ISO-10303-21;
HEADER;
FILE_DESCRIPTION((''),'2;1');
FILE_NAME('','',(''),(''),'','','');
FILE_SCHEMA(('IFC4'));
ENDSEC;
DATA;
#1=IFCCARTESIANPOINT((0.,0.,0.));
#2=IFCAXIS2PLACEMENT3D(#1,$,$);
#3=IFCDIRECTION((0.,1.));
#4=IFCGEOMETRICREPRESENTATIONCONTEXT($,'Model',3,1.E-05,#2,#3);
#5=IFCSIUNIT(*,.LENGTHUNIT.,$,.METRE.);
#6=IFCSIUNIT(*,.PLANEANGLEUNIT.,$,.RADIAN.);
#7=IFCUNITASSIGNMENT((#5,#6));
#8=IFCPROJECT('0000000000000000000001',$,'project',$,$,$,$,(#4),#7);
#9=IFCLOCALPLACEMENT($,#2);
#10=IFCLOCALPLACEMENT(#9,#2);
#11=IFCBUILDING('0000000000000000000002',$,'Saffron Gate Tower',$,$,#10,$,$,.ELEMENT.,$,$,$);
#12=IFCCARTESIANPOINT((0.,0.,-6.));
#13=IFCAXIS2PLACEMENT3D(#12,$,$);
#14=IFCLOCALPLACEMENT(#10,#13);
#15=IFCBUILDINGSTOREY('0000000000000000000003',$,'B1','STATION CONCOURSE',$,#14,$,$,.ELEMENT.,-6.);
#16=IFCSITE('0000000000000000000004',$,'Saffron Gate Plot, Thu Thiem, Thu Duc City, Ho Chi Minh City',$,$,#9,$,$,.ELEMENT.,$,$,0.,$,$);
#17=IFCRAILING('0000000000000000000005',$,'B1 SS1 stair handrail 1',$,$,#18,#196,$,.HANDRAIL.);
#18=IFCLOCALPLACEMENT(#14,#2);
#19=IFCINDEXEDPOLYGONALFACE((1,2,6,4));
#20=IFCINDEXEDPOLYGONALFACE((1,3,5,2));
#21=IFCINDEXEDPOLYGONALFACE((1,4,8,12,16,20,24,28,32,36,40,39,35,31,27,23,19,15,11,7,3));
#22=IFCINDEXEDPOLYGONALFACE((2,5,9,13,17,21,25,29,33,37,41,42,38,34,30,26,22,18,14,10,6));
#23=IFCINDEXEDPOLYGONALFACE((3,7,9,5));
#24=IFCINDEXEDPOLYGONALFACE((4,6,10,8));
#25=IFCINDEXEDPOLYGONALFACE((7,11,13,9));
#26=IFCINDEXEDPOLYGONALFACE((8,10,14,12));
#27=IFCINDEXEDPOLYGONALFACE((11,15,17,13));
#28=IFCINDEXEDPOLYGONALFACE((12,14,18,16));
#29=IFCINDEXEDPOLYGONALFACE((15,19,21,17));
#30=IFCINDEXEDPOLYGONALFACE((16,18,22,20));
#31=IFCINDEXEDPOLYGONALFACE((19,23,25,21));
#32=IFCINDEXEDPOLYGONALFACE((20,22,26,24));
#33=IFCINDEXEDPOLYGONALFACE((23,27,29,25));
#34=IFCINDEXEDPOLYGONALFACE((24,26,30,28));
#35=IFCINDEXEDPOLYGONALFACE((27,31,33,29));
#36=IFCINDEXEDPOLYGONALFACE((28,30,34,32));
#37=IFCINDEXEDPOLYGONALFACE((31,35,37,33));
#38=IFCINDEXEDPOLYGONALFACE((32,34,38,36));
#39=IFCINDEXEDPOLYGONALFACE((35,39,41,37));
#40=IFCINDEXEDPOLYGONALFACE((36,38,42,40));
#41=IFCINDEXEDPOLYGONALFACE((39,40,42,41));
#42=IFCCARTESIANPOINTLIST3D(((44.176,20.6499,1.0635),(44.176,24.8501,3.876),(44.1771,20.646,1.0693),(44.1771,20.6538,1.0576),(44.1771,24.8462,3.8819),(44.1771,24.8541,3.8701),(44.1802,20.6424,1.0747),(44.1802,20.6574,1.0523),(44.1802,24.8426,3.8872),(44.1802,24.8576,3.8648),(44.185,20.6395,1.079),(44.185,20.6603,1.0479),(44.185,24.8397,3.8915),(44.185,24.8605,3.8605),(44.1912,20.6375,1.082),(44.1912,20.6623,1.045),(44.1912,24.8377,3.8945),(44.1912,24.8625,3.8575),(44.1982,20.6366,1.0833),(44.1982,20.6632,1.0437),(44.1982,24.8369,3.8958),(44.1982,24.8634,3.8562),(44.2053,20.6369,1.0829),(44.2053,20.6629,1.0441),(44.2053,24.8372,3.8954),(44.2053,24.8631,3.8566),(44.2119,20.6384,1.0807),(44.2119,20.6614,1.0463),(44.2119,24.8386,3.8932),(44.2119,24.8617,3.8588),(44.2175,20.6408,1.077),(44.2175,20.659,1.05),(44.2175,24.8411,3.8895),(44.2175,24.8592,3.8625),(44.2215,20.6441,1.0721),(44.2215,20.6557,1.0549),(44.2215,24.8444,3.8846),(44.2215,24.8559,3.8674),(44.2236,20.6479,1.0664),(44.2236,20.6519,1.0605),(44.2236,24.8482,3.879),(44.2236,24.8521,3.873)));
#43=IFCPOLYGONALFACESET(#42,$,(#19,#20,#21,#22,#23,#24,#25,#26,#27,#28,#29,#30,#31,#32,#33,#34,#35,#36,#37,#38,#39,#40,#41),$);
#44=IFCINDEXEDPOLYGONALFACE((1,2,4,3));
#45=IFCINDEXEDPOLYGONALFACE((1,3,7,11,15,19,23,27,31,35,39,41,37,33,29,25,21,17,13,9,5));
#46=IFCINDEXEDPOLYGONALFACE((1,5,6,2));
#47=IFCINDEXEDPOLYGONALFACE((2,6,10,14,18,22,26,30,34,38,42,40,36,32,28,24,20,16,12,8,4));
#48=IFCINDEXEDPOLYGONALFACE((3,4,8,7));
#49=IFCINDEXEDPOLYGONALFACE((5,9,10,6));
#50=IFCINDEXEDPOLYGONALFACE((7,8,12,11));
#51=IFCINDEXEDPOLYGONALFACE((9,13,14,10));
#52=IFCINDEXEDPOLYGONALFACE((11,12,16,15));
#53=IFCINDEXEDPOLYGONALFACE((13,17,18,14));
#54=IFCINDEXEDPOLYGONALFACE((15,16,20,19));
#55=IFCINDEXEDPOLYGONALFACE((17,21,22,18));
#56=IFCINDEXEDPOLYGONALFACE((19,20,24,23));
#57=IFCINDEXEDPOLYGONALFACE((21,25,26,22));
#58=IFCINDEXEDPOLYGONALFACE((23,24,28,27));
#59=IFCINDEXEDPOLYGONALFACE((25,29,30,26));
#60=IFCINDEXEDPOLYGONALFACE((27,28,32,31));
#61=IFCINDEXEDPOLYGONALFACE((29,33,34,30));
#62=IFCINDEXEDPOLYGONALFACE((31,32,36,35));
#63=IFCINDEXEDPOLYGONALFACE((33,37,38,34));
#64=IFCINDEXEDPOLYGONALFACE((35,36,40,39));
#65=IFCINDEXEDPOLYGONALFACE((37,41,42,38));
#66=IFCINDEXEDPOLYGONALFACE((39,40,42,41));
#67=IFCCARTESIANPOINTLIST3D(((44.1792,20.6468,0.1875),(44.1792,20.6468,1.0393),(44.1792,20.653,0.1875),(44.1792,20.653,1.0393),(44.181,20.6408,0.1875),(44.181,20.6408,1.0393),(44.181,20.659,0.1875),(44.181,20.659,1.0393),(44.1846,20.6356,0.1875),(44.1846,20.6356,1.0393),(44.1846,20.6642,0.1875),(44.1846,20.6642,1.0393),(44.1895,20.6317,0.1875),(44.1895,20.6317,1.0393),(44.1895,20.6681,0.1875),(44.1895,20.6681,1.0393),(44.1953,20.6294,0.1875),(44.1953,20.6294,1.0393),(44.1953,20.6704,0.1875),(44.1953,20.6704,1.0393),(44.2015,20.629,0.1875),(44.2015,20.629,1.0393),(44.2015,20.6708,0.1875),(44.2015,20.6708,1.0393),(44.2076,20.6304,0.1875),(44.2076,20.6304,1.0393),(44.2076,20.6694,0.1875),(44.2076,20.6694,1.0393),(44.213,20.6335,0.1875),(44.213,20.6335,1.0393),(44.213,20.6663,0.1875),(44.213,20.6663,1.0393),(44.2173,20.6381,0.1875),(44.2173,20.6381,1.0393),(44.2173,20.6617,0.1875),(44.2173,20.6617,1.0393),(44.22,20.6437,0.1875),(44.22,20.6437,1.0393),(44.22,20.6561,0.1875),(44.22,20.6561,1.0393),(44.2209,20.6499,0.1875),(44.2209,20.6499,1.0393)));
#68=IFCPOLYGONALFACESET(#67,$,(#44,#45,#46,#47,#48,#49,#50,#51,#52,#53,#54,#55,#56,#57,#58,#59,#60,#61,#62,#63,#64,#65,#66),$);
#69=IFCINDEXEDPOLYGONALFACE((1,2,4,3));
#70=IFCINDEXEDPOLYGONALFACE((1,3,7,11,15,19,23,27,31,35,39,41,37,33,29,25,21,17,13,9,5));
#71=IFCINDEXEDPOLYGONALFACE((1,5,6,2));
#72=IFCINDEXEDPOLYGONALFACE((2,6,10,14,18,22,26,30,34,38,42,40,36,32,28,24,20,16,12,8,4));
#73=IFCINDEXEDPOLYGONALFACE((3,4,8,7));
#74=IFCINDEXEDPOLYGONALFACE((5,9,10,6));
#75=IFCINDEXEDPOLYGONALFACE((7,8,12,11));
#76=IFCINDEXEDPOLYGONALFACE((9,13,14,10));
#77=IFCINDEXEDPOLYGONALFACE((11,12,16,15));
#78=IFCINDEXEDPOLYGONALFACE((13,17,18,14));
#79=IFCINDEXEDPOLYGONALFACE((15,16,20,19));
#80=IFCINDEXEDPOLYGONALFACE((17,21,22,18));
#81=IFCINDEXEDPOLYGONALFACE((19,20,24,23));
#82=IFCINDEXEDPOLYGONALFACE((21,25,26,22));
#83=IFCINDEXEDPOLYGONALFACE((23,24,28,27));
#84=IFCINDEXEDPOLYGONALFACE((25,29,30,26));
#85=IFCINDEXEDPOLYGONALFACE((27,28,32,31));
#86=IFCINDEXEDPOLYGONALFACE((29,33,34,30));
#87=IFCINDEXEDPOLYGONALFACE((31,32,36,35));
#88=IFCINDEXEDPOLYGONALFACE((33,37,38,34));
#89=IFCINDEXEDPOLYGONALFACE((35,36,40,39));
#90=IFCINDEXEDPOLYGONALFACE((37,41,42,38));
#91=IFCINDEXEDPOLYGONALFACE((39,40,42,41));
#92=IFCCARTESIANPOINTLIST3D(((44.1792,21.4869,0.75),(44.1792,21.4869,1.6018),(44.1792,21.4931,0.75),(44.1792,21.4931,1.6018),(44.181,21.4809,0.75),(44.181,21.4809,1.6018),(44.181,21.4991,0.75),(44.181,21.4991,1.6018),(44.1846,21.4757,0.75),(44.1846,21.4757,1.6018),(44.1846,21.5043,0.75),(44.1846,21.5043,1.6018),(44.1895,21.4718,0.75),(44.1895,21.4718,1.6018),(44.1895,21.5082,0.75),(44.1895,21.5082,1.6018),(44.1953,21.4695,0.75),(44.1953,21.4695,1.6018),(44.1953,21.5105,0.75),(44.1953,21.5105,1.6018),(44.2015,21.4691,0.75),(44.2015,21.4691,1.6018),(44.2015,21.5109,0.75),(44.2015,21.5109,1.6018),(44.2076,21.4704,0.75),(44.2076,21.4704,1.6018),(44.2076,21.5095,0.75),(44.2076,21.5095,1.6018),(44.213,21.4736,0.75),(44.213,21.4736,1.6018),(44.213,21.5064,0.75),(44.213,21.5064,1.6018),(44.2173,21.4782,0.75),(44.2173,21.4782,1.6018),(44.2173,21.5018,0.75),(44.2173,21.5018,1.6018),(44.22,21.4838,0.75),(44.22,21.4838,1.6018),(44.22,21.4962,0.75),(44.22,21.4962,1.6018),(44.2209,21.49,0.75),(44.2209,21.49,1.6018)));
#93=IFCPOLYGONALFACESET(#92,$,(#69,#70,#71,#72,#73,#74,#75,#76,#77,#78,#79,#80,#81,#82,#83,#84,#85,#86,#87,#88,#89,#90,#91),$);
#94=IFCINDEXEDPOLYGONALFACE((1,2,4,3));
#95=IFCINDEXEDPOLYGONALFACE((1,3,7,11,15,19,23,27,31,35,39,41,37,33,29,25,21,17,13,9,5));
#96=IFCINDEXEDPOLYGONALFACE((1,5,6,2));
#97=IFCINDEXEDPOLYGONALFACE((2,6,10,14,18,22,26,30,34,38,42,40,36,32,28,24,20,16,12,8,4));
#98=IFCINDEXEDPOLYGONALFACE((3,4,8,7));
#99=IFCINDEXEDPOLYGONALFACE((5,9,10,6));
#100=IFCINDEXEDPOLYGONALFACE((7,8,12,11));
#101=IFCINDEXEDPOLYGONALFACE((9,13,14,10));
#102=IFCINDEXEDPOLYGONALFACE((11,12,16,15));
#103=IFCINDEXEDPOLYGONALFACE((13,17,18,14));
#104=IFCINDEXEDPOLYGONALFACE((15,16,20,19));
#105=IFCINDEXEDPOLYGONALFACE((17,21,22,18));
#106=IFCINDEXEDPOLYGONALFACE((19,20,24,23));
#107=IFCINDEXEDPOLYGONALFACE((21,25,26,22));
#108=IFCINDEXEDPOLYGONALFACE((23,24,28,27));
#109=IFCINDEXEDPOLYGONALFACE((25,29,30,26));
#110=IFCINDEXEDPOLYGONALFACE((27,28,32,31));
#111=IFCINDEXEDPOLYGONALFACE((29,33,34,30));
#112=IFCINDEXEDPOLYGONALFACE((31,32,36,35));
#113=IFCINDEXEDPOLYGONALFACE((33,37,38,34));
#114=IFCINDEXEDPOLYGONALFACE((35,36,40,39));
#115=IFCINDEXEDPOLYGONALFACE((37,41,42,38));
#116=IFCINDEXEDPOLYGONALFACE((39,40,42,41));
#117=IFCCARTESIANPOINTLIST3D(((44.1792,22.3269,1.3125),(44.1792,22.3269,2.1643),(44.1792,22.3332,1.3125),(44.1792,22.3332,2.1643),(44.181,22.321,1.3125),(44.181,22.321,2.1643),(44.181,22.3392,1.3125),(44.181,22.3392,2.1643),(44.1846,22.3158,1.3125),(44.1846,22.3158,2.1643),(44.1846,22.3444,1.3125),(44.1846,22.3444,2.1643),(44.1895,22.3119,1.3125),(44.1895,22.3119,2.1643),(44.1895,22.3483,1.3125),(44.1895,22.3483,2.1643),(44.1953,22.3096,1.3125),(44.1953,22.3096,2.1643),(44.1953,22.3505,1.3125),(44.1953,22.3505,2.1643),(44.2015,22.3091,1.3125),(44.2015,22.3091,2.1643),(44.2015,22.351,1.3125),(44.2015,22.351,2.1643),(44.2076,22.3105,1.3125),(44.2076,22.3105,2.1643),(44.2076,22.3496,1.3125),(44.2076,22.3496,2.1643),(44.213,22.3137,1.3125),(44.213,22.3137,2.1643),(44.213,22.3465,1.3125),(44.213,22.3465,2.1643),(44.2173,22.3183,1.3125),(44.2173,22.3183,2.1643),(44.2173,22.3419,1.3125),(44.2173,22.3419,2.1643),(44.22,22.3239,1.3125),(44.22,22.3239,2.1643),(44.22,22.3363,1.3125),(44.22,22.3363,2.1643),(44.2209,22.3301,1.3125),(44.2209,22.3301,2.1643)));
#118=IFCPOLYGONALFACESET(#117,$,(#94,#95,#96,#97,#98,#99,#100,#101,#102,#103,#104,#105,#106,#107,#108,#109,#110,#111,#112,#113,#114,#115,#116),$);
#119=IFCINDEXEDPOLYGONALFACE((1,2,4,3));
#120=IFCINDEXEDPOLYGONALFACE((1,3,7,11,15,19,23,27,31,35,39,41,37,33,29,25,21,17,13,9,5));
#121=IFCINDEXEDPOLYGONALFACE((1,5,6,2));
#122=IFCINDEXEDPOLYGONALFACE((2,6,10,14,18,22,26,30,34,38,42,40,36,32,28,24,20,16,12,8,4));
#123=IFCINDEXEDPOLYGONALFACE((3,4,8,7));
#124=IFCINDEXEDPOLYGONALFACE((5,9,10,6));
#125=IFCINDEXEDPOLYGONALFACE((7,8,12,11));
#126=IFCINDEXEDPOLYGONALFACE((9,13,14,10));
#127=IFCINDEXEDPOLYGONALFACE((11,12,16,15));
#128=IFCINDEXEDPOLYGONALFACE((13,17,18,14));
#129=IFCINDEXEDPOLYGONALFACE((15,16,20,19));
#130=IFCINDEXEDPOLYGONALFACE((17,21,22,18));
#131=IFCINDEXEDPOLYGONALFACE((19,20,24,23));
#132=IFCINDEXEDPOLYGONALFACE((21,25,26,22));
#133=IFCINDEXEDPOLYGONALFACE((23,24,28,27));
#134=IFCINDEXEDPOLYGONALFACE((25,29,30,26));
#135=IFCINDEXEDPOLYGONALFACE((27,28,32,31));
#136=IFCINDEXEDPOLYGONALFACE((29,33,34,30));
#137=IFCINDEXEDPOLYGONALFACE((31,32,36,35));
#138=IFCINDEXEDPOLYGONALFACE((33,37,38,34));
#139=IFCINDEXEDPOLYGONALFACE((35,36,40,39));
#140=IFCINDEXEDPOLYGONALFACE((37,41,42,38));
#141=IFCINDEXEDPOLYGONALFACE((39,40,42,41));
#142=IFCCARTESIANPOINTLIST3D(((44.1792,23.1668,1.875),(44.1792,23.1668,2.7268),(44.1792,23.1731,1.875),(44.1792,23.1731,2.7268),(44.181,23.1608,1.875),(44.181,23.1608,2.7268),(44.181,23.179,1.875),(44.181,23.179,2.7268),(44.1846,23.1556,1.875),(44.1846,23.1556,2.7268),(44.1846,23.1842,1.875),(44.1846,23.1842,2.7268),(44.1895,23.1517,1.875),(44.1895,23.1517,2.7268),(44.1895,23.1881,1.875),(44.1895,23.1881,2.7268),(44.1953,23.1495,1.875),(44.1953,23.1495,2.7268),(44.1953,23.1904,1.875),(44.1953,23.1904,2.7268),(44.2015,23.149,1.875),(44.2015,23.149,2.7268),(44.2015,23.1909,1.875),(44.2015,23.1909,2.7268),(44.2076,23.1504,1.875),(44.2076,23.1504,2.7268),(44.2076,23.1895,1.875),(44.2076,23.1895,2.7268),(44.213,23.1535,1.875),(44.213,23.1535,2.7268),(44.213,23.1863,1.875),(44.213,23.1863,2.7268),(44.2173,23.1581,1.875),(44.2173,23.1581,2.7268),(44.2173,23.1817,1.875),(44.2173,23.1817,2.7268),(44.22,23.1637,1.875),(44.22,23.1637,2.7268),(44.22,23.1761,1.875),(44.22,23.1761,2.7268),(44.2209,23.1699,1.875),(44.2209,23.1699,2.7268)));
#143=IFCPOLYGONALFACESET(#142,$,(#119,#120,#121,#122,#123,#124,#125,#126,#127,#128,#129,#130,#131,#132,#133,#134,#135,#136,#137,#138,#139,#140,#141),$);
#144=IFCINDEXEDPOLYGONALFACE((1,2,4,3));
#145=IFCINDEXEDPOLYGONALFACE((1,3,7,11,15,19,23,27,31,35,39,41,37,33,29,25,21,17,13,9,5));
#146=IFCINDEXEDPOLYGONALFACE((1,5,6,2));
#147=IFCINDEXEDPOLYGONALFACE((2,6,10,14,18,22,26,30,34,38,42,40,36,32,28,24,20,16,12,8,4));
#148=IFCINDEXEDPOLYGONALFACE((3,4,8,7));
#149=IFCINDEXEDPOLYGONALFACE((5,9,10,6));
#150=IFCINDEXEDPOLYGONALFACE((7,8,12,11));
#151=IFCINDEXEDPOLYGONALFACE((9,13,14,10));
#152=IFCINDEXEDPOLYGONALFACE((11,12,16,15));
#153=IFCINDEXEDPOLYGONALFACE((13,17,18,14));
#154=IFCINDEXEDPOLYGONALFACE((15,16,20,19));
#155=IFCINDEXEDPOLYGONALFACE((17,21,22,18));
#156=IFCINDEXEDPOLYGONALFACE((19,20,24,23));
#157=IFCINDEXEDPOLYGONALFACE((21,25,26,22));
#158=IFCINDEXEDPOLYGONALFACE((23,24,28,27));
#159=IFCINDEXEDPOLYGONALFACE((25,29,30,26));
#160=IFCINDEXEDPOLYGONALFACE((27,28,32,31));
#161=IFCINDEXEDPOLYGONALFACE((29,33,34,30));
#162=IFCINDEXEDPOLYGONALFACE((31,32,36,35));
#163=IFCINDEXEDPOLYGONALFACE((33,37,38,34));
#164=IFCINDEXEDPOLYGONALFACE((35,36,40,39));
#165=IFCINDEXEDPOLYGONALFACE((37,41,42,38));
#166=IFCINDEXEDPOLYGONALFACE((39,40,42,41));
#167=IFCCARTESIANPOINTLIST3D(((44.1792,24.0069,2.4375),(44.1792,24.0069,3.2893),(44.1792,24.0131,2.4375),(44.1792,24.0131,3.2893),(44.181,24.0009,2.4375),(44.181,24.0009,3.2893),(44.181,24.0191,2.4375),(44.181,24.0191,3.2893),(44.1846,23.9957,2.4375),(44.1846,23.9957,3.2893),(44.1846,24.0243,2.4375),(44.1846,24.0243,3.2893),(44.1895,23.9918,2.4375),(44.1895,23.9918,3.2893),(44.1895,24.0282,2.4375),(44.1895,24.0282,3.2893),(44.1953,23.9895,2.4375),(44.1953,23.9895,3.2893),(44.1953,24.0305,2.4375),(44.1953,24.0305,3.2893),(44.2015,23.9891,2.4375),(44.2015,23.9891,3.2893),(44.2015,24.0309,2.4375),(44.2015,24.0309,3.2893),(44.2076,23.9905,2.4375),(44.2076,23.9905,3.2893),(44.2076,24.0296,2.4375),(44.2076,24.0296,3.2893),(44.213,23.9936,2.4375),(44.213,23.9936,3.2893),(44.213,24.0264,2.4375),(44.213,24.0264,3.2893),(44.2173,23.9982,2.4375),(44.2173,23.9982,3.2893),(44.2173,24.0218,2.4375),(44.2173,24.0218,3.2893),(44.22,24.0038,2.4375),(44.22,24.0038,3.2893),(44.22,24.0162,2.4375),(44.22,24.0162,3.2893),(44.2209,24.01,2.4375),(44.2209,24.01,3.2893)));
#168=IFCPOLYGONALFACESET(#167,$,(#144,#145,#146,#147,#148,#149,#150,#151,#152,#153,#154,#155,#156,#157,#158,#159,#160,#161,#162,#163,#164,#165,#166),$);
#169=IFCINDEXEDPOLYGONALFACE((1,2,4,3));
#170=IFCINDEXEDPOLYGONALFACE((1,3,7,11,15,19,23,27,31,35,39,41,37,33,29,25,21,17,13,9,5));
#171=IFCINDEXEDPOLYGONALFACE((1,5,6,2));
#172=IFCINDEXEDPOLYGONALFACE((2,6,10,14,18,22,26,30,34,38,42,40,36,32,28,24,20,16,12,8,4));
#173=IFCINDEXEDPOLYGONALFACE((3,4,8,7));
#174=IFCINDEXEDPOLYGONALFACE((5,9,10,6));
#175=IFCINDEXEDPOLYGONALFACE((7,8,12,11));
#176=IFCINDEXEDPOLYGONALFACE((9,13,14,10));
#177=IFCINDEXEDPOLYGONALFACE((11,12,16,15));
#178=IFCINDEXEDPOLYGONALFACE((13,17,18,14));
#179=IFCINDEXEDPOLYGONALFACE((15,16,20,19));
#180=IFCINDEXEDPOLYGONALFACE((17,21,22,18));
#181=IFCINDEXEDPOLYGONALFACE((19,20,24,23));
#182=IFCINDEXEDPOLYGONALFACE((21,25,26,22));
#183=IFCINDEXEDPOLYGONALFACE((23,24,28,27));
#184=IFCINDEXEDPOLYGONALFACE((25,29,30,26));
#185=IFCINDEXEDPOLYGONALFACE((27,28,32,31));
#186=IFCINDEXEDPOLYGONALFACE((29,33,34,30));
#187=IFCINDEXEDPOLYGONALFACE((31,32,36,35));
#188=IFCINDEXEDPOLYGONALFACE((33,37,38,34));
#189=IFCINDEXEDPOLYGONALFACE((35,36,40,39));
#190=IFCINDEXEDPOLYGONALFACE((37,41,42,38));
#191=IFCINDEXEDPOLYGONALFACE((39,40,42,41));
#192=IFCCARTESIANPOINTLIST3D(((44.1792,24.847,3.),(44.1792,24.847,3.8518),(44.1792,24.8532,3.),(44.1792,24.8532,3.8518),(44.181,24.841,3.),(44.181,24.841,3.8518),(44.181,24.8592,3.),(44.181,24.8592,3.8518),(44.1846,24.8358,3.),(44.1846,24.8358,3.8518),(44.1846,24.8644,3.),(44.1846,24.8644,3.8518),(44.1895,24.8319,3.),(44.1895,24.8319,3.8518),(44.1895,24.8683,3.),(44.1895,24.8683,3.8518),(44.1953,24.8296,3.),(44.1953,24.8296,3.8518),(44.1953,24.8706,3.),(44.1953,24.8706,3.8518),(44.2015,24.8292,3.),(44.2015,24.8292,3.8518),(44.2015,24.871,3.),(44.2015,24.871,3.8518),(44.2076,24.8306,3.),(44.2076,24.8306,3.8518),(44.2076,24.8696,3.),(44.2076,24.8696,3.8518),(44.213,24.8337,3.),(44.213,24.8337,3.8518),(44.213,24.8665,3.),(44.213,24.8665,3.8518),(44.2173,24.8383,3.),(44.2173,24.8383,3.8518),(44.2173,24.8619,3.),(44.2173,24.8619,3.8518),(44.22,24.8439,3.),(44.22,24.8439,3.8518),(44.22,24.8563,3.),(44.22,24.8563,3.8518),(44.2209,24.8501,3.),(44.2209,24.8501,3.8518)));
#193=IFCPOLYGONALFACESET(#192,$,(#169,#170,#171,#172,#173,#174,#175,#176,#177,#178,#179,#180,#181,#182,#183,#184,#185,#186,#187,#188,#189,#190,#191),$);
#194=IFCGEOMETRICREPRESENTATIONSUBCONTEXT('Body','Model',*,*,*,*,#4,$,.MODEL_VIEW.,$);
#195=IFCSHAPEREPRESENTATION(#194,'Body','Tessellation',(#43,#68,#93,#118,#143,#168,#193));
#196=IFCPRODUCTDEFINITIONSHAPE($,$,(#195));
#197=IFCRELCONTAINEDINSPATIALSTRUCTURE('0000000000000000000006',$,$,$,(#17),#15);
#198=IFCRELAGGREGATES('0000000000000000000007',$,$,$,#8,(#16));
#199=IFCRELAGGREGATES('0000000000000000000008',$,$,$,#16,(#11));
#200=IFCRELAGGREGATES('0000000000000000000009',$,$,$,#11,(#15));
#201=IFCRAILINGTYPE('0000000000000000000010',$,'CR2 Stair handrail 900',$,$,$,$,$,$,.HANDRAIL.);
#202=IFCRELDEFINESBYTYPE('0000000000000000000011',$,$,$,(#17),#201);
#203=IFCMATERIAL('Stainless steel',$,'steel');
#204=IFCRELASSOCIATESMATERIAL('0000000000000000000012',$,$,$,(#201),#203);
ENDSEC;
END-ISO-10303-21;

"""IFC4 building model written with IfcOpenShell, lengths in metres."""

from ifc_helpers import new_model, si_unit, direction, frame, origin, origin_2d, place, context, subcontext, project, spatial, circle, extrude, material, type_object, element, save


model = new_model("IFC4")

# Units and contexts
model_context = context("Model", 3, precision=1e-05, world=origin(), true_north=direction((0.0, 1.0)))
body_context = subcontext(model_context, "Body", "Model", "MODEL_VIEW")
ifc_project = project(units=[si_unit("LENGTHUNIT", "METRE"), si_unit("PLANEANGLEUNIT", "RADIAN")], contexts=[model_context])

# Site, building, storey
site_placement = place(None, origin())
site = spatial("IfcSite", under=ifc_project, at=site_placement, Name="Saffron Gate Plot, Thu Thiem, Thu Duc City, Ho Chi Minh City", CompositionType="ELEMENT", RefElevation=0.0)
building_placement = place(site_placement, origin())
building = spatial("IfcBuilding", under=site, at=building_placement, Name="Saffron Gate Tower", CompositionType="ELEMENT")
storey_placement = place(building_placement, frame((0.0, 0.0, -6.0)))
storey = spatial("IfcBuildingStorey", under=building, at=storey_placement, Name="B1", Description="STATION CONCOURSE", CompositionType="ELEMENT", Elevation=-6.0)

# Railing
ifc_material_1 = material(Name="Stainless steel", Category="steel")
railing_type_1 = type_object("IfcRailingType", Name="CR2 Stair handrail 900", PredefinedType="HANDRAIL", material=ifc_material_1)
railing_1_placement = place(storey_placement, frame((44.2, 20.6499, 0.1875)))
element("IfcRailing", 1, at=railing_1_placement, inside=storey, type_object=railing_type_1, Name="B1 SS1 stair handrail 1", PredefinedType="HANDRAIL", context=body_context, shape_type="SweptSolid", body=[
    extrude(circle(Radius=0.0239, at=origin_2d()), frame((0.0, 0.0, 0.876), z_axis=(0.0, 0.830919, 0.556393), x_axis=(-1.0, 0.0, 0.0)), (0.0, 0.0, 1.0), 5.0549),
    extrude(circle(Radius=0.021, at=origin_2d()), origin(), (0.0, 0.0, 1.0), 0.8518),
    extrude(circle(Radius=0.021, at=origin_2d()), frame((0.0, 0.8401, 0.5625)), (0.0, 0.0, 1.0), 0.8518),
    extrude(circle(Radius=0.021, at=origin_2d()), frame((0.0, 1.6802, 1.125)), (0.0, 0.0, 1.0), 0.8518),
    extrude(circle(Radius=0.021, at=origin_2d()), frame((0.0, 2.52, 1.6875)), (0.0, 0.0, 1.0), 0.8518),
    extrude(circle(Radius=0.021, at=origin_2d()), frame((0.0, 3.3601, 2.25)), (0.0, 0.0, 1.0), 0.8518),
    extrude(circle(Radius=0.021, at=origin_2d()), frame((0.0, 4.2002, 2.8125)), (0.0, 0.0, 1.0), 0.8518),
])

save(model, "model.ifc")
